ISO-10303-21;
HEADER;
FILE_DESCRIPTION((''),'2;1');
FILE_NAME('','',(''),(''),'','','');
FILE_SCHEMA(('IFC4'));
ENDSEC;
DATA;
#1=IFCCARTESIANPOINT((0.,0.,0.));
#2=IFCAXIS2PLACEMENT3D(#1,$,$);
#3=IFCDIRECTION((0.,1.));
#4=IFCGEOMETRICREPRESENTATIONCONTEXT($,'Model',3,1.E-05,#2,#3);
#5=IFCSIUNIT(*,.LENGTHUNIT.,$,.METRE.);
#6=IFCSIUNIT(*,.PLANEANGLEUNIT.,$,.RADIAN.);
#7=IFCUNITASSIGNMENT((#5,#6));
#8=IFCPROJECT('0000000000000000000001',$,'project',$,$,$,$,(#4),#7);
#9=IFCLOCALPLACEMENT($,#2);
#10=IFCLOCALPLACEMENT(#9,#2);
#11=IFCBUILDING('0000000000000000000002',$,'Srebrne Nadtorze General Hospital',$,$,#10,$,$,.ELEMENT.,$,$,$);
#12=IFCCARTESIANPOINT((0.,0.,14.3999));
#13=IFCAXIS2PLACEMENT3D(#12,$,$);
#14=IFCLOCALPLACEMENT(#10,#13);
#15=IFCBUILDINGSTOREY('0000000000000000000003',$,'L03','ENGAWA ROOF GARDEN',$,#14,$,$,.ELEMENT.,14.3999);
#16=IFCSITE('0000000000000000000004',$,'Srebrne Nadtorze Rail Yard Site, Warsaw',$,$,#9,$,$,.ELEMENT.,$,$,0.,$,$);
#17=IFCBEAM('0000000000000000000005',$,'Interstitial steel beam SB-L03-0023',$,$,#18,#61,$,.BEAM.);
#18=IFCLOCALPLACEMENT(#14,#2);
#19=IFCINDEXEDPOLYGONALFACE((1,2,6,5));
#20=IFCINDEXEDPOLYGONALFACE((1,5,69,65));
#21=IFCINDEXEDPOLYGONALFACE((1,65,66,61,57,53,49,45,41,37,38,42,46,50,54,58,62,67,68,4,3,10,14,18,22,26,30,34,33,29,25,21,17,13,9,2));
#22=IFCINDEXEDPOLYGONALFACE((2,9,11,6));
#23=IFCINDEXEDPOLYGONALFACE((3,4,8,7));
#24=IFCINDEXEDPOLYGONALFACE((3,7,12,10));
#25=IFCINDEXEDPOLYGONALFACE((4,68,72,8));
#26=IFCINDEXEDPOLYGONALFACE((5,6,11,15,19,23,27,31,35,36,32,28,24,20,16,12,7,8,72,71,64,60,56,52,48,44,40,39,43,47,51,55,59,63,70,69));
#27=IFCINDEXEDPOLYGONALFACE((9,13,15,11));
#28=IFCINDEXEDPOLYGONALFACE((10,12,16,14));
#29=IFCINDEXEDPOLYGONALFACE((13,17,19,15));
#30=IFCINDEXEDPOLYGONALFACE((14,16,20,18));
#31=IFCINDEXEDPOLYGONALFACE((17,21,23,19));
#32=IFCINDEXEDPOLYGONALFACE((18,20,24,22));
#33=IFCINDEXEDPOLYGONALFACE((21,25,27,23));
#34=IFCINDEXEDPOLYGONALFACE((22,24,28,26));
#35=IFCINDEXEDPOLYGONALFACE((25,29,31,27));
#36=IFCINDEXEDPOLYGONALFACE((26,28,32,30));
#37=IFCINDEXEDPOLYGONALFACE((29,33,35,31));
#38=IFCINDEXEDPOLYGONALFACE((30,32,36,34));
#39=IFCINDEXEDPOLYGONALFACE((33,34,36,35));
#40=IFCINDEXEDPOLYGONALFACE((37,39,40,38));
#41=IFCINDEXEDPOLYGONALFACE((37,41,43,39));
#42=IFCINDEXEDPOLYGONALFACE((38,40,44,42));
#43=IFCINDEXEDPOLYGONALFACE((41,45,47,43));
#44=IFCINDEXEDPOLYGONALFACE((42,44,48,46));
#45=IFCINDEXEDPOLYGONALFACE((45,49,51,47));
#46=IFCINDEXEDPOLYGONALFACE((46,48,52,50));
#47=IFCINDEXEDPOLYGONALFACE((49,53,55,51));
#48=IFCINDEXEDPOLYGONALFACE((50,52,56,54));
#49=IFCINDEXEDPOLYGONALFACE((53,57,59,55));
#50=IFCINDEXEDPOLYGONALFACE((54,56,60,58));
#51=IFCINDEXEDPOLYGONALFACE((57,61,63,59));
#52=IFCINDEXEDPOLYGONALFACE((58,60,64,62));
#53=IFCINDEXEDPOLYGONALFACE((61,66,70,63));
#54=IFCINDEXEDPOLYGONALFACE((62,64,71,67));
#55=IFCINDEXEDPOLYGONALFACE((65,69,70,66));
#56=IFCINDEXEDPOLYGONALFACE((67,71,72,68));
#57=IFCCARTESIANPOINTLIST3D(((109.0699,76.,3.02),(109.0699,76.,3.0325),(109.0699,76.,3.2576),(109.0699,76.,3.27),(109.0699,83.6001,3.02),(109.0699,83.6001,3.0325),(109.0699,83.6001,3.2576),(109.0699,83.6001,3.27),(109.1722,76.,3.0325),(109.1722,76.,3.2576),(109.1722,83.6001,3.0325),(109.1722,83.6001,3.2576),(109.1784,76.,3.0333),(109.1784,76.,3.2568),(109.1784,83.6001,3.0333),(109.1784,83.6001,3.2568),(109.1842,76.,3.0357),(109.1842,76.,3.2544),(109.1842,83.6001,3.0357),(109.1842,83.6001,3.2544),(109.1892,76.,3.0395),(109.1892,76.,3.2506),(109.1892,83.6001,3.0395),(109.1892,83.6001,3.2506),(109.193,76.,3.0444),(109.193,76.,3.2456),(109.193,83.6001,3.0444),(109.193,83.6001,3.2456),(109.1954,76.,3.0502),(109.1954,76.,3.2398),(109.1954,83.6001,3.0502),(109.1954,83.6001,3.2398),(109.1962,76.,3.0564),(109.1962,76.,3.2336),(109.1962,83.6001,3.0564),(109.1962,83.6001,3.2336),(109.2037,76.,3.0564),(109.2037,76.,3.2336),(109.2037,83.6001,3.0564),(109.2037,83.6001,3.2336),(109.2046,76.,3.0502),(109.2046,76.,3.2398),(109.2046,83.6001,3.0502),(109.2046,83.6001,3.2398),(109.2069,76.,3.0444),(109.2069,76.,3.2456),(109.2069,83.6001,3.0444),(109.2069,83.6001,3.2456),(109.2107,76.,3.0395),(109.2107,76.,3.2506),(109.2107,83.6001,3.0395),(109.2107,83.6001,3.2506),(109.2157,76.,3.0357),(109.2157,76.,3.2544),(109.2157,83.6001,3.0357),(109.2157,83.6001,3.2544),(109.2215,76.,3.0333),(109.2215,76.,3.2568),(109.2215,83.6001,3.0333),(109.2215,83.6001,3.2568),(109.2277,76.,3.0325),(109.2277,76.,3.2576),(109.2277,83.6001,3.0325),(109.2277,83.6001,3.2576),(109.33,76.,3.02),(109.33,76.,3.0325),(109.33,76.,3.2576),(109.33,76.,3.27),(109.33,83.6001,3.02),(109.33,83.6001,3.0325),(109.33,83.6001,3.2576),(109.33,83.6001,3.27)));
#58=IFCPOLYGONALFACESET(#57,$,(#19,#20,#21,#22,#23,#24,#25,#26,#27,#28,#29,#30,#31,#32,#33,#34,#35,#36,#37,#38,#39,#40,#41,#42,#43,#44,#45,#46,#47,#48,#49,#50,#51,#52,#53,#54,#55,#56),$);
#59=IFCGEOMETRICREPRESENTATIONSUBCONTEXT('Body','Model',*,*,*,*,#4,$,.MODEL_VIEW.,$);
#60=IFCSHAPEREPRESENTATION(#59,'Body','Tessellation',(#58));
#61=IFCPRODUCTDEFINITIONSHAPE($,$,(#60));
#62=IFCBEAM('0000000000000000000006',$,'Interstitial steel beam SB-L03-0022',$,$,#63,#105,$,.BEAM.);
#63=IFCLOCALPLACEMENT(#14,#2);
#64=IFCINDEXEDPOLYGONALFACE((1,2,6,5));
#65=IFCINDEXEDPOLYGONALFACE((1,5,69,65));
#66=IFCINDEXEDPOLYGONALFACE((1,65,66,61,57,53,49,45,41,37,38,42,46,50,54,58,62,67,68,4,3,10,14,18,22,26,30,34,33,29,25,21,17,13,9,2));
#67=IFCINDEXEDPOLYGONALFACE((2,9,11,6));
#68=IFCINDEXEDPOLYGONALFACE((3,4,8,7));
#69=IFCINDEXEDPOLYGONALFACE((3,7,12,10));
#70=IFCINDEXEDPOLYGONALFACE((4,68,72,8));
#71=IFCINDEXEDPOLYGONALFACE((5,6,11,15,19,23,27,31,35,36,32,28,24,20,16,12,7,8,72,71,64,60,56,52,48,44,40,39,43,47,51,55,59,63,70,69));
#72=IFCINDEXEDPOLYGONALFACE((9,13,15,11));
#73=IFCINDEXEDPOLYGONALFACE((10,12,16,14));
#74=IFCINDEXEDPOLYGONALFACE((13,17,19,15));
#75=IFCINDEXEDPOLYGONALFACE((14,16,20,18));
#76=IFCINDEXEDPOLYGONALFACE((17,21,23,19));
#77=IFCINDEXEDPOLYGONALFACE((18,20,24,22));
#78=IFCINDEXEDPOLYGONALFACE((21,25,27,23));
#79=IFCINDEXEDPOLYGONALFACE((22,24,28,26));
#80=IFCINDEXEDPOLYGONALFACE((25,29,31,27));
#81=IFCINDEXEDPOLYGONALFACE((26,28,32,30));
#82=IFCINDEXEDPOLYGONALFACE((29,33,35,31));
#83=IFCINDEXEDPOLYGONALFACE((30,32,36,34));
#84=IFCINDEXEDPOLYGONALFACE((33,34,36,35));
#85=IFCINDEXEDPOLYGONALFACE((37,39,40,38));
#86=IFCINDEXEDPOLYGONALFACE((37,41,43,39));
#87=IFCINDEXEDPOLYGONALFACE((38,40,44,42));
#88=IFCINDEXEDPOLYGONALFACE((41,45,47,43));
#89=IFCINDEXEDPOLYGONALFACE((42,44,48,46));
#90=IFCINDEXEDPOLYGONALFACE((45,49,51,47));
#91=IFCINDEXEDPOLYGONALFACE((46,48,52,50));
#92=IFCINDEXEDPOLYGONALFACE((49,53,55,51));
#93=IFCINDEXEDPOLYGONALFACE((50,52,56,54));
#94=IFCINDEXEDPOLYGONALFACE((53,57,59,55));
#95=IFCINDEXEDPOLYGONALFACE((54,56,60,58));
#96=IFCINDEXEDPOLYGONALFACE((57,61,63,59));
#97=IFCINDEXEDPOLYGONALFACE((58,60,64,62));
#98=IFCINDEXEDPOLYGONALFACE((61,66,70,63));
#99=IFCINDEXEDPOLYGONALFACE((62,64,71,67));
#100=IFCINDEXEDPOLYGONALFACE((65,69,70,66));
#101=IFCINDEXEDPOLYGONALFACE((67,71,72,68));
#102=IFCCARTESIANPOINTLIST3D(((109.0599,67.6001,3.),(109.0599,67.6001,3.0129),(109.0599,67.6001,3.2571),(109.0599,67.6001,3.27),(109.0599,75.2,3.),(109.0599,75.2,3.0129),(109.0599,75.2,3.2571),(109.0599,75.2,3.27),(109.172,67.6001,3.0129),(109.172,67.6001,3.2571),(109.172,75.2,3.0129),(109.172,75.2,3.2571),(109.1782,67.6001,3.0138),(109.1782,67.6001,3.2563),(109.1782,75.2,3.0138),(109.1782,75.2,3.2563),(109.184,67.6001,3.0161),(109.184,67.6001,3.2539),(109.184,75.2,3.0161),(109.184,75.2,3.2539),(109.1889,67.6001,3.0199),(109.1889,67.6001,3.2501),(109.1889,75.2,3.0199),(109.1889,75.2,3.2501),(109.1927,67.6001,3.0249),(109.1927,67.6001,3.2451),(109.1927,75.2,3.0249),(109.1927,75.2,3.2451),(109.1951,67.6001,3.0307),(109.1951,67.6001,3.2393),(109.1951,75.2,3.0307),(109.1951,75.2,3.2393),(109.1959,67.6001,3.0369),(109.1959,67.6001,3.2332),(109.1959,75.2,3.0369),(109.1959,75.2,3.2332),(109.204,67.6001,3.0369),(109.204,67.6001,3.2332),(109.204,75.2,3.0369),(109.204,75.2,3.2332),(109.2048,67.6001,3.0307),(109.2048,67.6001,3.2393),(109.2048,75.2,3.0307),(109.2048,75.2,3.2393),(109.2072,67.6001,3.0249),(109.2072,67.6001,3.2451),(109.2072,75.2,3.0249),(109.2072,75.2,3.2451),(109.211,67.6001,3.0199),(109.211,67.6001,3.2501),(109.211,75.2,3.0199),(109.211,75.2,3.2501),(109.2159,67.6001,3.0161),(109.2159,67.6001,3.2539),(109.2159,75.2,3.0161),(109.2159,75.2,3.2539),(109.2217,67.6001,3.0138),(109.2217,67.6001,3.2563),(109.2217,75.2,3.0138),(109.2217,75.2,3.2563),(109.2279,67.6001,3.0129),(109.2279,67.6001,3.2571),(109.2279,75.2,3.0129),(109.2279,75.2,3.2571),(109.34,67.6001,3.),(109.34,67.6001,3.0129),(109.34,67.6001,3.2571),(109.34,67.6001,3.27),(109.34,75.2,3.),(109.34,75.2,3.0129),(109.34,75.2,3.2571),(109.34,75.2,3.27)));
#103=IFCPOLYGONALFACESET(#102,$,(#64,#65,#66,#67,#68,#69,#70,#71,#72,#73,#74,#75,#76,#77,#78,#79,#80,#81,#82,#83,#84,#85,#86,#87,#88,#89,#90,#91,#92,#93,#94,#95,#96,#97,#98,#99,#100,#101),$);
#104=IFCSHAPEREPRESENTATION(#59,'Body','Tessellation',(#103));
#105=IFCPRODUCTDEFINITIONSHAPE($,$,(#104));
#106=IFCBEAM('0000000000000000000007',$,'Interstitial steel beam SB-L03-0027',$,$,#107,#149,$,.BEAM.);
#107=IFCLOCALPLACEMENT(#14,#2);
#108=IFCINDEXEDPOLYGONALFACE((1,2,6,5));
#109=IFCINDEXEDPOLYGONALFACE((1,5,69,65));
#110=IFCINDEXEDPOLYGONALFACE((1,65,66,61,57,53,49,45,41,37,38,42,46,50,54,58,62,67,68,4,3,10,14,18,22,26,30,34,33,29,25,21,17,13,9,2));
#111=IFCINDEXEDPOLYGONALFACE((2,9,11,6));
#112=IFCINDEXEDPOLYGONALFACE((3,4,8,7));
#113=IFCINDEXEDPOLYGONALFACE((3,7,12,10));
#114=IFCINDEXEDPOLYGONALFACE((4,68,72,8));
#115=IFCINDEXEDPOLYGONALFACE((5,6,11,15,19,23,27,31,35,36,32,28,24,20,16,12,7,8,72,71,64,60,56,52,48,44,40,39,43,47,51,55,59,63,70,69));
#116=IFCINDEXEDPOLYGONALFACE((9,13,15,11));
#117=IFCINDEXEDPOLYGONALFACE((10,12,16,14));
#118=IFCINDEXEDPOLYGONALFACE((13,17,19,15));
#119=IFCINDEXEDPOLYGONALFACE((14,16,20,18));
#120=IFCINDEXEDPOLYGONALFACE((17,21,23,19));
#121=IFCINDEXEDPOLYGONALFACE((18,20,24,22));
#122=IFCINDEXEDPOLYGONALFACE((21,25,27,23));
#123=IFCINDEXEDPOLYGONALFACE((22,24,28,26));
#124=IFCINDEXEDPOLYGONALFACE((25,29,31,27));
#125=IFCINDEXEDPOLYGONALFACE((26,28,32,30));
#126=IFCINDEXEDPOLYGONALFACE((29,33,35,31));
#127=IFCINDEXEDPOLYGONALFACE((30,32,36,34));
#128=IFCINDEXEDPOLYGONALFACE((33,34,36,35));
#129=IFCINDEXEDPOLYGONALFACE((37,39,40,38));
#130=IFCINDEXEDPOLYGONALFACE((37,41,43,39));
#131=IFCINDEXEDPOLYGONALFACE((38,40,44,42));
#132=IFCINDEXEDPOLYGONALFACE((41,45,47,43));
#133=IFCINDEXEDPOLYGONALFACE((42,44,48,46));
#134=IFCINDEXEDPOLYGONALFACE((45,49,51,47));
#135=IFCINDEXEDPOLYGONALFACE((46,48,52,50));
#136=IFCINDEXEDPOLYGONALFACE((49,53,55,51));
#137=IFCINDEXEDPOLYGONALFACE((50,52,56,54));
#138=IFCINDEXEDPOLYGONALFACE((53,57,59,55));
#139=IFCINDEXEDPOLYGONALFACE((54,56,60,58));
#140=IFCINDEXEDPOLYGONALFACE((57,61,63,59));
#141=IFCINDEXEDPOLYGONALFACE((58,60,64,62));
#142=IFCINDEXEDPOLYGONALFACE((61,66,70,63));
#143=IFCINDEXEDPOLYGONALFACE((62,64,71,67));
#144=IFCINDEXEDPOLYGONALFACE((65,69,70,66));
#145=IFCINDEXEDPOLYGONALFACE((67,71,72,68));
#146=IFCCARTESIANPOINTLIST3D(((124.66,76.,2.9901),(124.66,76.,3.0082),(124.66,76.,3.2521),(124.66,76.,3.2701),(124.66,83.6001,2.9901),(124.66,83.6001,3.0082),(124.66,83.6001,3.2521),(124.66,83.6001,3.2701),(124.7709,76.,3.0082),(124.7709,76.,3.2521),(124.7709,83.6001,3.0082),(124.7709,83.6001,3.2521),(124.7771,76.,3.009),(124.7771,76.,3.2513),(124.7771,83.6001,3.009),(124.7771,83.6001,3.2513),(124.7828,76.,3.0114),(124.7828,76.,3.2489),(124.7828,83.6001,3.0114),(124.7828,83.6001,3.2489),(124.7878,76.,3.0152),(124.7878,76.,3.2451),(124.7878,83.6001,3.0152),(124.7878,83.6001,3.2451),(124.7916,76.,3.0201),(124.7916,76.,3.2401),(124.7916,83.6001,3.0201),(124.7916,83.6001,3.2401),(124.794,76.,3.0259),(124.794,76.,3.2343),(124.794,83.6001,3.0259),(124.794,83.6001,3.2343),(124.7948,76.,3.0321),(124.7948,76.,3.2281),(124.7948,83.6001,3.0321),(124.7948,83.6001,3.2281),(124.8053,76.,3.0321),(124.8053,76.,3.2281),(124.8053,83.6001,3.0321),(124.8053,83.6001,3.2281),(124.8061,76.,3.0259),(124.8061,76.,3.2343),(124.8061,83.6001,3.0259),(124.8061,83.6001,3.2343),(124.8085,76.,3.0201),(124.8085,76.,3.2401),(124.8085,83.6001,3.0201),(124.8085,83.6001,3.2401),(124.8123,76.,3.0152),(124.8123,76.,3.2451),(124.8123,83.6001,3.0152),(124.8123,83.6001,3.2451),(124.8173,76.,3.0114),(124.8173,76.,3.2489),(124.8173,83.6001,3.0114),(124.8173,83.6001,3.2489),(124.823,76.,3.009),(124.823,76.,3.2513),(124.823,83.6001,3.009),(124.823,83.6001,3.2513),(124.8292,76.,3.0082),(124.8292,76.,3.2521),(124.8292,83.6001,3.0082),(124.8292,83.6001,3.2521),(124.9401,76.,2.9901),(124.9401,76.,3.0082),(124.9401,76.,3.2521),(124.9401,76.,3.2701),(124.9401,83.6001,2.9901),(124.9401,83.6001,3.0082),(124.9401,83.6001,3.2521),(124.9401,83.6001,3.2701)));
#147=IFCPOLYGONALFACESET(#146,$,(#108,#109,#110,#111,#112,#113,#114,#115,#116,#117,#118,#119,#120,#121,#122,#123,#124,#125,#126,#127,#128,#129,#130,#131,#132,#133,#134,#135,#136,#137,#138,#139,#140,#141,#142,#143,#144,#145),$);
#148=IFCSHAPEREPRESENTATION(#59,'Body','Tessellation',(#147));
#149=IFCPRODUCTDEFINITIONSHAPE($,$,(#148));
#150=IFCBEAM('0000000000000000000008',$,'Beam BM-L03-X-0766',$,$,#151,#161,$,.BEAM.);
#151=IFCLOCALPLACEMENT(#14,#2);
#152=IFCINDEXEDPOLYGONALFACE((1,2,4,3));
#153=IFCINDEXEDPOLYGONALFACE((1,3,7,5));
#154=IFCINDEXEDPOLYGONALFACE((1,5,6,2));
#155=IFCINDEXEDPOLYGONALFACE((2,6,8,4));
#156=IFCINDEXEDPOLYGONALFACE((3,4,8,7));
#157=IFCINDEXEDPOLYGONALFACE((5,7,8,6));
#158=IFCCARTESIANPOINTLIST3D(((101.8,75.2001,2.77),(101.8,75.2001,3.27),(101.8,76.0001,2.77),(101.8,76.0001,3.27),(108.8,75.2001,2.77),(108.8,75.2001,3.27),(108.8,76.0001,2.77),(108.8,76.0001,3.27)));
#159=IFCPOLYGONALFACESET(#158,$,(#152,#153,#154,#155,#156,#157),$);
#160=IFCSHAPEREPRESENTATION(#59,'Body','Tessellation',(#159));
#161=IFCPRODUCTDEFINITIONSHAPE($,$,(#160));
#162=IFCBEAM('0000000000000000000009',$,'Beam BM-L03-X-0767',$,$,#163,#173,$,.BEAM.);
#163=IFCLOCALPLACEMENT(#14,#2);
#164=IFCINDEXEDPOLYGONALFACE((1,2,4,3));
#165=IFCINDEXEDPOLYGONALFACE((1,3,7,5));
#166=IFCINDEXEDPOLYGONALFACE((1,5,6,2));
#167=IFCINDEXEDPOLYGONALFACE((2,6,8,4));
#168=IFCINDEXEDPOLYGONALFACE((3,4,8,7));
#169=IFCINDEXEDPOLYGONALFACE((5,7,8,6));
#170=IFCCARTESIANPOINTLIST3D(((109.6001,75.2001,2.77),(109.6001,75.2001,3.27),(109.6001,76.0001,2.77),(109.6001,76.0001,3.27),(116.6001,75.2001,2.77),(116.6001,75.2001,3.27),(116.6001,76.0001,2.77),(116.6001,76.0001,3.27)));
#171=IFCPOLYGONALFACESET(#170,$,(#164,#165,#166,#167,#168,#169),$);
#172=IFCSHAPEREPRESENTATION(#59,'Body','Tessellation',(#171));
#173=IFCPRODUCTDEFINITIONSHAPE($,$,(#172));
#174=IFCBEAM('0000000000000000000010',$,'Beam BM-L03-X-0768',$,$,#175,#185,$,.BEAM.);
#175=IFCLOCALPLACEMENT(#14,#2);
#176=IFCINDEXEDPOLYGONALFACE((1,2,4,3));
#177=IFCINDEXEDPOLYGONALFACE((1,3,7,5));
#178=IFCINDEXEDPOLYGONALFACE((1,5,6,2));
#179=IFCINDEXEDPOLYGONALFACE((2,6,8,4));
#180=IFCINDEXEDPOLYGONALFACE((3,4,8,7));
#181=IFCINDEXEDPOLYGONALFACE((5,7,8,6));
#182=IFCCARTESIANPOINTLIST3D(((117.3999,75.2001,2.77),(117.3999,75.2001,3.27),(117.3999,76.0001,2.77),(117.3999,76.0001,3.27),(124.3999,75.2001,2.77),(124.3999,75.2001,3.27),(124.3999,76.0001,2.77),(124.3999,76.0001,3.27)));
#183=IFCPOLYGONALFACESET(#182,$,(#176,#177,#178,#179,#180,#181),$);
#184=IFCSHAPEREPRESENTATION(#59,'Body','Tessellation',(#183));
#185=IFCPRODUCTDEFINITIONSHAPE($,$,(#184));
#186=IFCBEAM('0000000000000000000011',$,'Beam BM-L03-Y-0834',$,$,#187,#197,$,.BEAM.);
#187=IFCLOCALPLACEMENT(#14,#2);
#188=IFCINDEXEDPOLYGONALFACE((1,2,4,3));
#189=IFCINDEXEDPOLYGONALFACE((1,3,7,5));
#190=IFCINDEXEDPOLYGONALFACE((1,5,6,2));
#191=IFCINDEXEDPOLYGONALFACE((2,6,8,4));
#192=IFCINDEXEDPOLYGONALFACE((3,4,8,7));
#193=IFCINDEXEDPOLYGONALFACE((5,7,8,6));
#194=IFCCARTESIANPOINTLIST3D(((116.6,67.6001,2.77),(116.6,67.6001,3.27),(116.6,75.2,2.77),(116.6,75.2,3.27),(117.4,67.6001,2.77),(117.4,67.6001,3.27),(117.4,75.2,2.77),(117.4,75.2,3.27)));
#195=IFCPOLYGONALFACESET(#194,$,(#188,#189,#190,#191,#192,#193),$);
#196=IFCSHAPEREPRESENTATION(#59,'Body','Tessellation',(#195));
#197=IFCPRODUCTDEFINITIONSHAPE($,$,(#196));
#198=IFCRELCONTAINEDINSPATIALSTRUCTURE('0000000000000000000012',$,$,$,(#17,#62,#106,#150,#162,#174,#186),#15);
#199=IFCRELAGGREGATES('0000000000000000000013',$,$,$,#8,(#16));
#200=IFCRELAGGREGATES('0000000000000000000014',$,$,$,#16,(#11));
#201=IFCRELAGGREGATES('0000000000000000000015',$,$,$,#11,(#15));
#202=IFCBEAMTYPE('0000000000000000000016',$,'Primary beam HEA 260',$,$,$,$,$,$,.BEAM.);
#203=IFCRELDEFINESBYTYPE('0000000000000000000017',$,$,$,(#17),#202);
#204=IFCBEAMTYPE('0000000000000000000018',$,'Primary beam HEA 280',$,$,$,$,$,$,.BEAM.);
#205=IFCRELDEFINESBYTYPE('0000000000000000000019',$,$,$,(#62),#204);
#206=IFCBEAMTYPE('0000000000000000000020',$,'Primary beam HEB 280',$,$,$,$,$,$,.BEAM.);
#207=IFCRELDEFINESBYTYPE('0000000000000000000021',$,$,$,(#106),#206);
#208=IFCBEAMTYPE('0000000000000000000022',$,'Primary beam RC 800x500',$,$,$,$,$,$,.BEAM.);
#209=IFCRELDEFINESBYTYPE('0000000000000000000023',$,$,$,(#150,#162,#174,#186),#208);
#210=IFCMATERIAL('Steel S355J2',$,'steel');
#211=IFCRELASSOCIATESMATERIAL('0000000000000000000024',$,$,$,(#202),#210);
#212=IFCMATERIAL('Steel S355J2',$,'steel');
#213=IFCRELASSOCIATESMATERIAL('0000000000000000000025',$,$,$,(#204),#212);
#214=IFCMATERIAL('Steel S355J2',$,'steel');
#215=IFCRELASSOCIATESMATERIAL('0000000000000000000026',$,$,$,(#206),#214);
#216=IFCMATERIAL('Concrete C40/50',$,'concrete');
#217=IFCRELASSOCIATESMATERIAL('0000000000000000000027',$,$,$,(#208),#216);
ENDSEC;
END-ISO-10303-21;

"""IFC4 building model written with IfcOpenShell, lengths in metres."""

from ifc_helpers import new_model, si_unit, direction, frame, origin, origin_2d, place, context, subcontext, project, spatial, rectangle, i_section, extrude, material, material_profile, profile_set, type_object, element, save


model = new_model("IFC4")

# Units and contexts
model_context = context("Model", 3, precision=1e-05, world=origin(), true_north=direction((0.0, 1.0)))
body_context = subcontext(model_context, "Body", "Model", "MODEL_VIEW")
ifc_project = project(units=[si_unit("LENGTHUNIT", "METRE"), si_unit("PLANEANGLEUNIT", "RADIAN")], contexts=[model_context])

# Site, building, storey
site_placement = place(None, origin())
site = spatial("IfcSite", under=ifc_project, at=site_placement, Name="Srebrne Nadtorze Rail Yard Site, Warsaw", CompositionType="ELEMENT", RefElevation=0.0)
building_placement = place(site_placement, origin())
building = spatial("IfcBuilding", under=site, at=building_placement, Name="Srebrne Nadtorze General Hospital", CompositionType="ELEMENT")
storey_placement = place(building_placement, frame((0.0, 0.0, 14.3999)))
storey = spatial("IfcBuildingStorey", under=building, at=storey_placement, Name="L03", Description="ENGAWA ROOF GARDEN", CompositionType="ELEMENT", Elevation=14.3999)

# Beams
ifc_material_1 = material(Name="Steel S355J2", Category="steel")
ifc_material_profile_1 = material_profile(ifc_material_1, i_section(OverallWidth=0.26, OverallDepth=0.25, WebThickness=0.0076, FlangeThickness=0.0125, FilletRadius=0.0239, at=origin_2d()), Name="HEA-260")
ifc_profile_set_1 = profile_set([ifc_material_profile_1], Name="Steel S355J2")
beam_type_1 = type_object("IfcBeamType", Name="Primary beam HEA 260", PredefinedType="BEAM", material=ifc_profile_set_1)
beam_1_placement = place(storey_placement, frame((109.2, 76.0, 3.145), z_axis=(0.0, 1.0, 0.0), x_axis=(-1.0, 0.0, 0.0)))
element("IfcBeam", 1, at=beam_1_placement, inside=storey, type_object=beam_type_1, Name="Interstitial steel beam SB-L03-0023", PredefinedType="BEAM", context=body_context, shape_type="SweptSolid", body=[
    extrude(i_section(OverallWidth=0.26, OverallDepth=0.25, WebThickness=0.0076, FlangeThickness=0.0125, FilletRadius=0.0239, at=origin_2d()), origin(), (0.0, 0.0, 1.0), 7.6001),
])
ifc_material_2 = material(Name="Steel S355J2", Category="steel")
ifc_material_profile_2 = material_profile(ifc_material_2, i_section(OverallWidth=0.28, OverallDepth=0.27, WebThickness=0.0081, FlangeThickness=0.0129, FilletRadius=0.0239, at=origin_2d()), Name="HEA-280")
ifc_profile_set_2 = profile_set([ifc_material_profile_2], Name="Steel S355J2")
beam_type_2 = type_object("IfcBeamType", Name="Primary beam HEA 280", PredefinedType="BEAM", material=ifc_profile_set_2)
beam_2_placement = place(storey_placement, frame((109.2, 67.6001, 3.135), z_axis=(0.0, 1.0, 0.0), x_axis=(-1.0, 0.0, 0.0)))
element("IfcBeam", 2, at=beam_2_placement, inside=storey, type_object=beam_type_2, Name="Interstitial steel beam SB-L03-0022", PredefinedType="BEAM", context=body_context, shape_type="SweptSolid", body=[
    extrude(i_section(OverallWidth=0.28, OverallDepth=0.27, WebThickness=0.0081, FlangeThickness=0.0129, FilletRadius=0.0239, at=origin_2d()), origin(), (0.0, 0.0, 1.0), 7.5999),
])
ifc_material_3 = material(Name="Steel S355J2", Category="steel")
ifc_material_profile_3 = material_profile(ifc_material_3, i_section(OverallWidth=0.28, OverallDepth=0.28, WebThickness=0.0105, FlangeThickness=0.0181, FilletRadius=0.0239, at=origin_2d()), Name="HEB-280")
ifc_profile_set_3 = profile_set([ifc_material_profile_3], Name="Steel S355J2")
beam_type_3 = type_object("IfcBeamType", Name="Primary beam HEB 280", PredefinedType="BEAM", material=ifc_profile_set_3)
beam_3_placement = place(storey_placement, frame((124.8, 76.0, 3.1301), z_axis=(0.0, 1.0, 0.0), x_axis=(-1.0, 0.0, 0.0)))
element("IfcBeam", 3, at=beam_3_placement, inside=storey, type_object=beam_type_3, Name="Interstitial steel beam SB-L03-0027", PredefinedType="BEAM", context=body_context, shape_type="SweptSolid", body=[
    extrude(i_section(OverallWidth=0.28, OverallDepth=0.28, WebThickness=0.0105, FlangeThickness=0.0181, FilletRadius=0.0239, at=origin_2d()), origin(), (0.0, 0.0, 1.0), 7.6001),
])
ifc_material_4 = material(Name="Concrete C40/50", Category="concrete")
ifc_material_profile_4 = material_profile(ifc_material_4, rectangle(XDim=0.8, YDim=0.5, at=origin_2d()), Name="RC-BM-800x500")
ifc_profile_set_4 = profile_set([ifc_material_profile_4], Name="Concrete C40/50")
beam_type_4 = type_object("IfcBeamType", Name="Primary beam RC 800x500", PredefinedType="BEAM", material=ifc_profile_set_4)
for number, where, z_axis, x_axis, name in (
    (4, (101.8, 75.6001, 3.02), (1.0, 0.0, 0.0), (0.0, 1.0, 0.0), "Beam BM-L03-X-0766"),
    (5, (109.6001, 75.6001, 3.02), (1.0, 0.0, 0.0), (0.0, 1.0, 0.0), "Beam BM-L03-X-0767"),
    (6, (117.3999, 75.6001, 3.02), (1.0, 0.0, 0.0), (0.0, 1.0, 0.0), "Beam BM-L03-X-0768"),
):
    element("IfcBeam", number, at=place(storey_placement, frame(where, z_axis=z_axis, x_axis=x_axis)), inside=storey, type_object=beam_type_4, Name=name, PredefinedType="BEAM", context=body_context, shape_type="SweptSolid", body=[
        extrude(rectangle(XDim=0.8, YDim=0.5, at=origin_2d()), origin(), (0.0, 0.0, 1.0), 7.0),
    ])
beam_4_placement = place(storey_placement, frame((117.0, 67.6001, 3.02), z_axis=(0.0, 1.0, 0.0), x_axis=(-1.0, 0.0, 0.0)))
element("IfcBeam", 7, at=beam_4_placement, inside=storey, type_object=beam_type_4, Name="Beam BM-L03-Y-0834", PredefinedType="BEAM", context=body_context, shape_type="SweptSolid", body=[
    extrude(rectangle(XDim=0.8, YDim=0.5, at=origin_2d()), origin(), (0.0, 0.0, 1.0), 7.5999),
])

save(model, "model.ifc")
